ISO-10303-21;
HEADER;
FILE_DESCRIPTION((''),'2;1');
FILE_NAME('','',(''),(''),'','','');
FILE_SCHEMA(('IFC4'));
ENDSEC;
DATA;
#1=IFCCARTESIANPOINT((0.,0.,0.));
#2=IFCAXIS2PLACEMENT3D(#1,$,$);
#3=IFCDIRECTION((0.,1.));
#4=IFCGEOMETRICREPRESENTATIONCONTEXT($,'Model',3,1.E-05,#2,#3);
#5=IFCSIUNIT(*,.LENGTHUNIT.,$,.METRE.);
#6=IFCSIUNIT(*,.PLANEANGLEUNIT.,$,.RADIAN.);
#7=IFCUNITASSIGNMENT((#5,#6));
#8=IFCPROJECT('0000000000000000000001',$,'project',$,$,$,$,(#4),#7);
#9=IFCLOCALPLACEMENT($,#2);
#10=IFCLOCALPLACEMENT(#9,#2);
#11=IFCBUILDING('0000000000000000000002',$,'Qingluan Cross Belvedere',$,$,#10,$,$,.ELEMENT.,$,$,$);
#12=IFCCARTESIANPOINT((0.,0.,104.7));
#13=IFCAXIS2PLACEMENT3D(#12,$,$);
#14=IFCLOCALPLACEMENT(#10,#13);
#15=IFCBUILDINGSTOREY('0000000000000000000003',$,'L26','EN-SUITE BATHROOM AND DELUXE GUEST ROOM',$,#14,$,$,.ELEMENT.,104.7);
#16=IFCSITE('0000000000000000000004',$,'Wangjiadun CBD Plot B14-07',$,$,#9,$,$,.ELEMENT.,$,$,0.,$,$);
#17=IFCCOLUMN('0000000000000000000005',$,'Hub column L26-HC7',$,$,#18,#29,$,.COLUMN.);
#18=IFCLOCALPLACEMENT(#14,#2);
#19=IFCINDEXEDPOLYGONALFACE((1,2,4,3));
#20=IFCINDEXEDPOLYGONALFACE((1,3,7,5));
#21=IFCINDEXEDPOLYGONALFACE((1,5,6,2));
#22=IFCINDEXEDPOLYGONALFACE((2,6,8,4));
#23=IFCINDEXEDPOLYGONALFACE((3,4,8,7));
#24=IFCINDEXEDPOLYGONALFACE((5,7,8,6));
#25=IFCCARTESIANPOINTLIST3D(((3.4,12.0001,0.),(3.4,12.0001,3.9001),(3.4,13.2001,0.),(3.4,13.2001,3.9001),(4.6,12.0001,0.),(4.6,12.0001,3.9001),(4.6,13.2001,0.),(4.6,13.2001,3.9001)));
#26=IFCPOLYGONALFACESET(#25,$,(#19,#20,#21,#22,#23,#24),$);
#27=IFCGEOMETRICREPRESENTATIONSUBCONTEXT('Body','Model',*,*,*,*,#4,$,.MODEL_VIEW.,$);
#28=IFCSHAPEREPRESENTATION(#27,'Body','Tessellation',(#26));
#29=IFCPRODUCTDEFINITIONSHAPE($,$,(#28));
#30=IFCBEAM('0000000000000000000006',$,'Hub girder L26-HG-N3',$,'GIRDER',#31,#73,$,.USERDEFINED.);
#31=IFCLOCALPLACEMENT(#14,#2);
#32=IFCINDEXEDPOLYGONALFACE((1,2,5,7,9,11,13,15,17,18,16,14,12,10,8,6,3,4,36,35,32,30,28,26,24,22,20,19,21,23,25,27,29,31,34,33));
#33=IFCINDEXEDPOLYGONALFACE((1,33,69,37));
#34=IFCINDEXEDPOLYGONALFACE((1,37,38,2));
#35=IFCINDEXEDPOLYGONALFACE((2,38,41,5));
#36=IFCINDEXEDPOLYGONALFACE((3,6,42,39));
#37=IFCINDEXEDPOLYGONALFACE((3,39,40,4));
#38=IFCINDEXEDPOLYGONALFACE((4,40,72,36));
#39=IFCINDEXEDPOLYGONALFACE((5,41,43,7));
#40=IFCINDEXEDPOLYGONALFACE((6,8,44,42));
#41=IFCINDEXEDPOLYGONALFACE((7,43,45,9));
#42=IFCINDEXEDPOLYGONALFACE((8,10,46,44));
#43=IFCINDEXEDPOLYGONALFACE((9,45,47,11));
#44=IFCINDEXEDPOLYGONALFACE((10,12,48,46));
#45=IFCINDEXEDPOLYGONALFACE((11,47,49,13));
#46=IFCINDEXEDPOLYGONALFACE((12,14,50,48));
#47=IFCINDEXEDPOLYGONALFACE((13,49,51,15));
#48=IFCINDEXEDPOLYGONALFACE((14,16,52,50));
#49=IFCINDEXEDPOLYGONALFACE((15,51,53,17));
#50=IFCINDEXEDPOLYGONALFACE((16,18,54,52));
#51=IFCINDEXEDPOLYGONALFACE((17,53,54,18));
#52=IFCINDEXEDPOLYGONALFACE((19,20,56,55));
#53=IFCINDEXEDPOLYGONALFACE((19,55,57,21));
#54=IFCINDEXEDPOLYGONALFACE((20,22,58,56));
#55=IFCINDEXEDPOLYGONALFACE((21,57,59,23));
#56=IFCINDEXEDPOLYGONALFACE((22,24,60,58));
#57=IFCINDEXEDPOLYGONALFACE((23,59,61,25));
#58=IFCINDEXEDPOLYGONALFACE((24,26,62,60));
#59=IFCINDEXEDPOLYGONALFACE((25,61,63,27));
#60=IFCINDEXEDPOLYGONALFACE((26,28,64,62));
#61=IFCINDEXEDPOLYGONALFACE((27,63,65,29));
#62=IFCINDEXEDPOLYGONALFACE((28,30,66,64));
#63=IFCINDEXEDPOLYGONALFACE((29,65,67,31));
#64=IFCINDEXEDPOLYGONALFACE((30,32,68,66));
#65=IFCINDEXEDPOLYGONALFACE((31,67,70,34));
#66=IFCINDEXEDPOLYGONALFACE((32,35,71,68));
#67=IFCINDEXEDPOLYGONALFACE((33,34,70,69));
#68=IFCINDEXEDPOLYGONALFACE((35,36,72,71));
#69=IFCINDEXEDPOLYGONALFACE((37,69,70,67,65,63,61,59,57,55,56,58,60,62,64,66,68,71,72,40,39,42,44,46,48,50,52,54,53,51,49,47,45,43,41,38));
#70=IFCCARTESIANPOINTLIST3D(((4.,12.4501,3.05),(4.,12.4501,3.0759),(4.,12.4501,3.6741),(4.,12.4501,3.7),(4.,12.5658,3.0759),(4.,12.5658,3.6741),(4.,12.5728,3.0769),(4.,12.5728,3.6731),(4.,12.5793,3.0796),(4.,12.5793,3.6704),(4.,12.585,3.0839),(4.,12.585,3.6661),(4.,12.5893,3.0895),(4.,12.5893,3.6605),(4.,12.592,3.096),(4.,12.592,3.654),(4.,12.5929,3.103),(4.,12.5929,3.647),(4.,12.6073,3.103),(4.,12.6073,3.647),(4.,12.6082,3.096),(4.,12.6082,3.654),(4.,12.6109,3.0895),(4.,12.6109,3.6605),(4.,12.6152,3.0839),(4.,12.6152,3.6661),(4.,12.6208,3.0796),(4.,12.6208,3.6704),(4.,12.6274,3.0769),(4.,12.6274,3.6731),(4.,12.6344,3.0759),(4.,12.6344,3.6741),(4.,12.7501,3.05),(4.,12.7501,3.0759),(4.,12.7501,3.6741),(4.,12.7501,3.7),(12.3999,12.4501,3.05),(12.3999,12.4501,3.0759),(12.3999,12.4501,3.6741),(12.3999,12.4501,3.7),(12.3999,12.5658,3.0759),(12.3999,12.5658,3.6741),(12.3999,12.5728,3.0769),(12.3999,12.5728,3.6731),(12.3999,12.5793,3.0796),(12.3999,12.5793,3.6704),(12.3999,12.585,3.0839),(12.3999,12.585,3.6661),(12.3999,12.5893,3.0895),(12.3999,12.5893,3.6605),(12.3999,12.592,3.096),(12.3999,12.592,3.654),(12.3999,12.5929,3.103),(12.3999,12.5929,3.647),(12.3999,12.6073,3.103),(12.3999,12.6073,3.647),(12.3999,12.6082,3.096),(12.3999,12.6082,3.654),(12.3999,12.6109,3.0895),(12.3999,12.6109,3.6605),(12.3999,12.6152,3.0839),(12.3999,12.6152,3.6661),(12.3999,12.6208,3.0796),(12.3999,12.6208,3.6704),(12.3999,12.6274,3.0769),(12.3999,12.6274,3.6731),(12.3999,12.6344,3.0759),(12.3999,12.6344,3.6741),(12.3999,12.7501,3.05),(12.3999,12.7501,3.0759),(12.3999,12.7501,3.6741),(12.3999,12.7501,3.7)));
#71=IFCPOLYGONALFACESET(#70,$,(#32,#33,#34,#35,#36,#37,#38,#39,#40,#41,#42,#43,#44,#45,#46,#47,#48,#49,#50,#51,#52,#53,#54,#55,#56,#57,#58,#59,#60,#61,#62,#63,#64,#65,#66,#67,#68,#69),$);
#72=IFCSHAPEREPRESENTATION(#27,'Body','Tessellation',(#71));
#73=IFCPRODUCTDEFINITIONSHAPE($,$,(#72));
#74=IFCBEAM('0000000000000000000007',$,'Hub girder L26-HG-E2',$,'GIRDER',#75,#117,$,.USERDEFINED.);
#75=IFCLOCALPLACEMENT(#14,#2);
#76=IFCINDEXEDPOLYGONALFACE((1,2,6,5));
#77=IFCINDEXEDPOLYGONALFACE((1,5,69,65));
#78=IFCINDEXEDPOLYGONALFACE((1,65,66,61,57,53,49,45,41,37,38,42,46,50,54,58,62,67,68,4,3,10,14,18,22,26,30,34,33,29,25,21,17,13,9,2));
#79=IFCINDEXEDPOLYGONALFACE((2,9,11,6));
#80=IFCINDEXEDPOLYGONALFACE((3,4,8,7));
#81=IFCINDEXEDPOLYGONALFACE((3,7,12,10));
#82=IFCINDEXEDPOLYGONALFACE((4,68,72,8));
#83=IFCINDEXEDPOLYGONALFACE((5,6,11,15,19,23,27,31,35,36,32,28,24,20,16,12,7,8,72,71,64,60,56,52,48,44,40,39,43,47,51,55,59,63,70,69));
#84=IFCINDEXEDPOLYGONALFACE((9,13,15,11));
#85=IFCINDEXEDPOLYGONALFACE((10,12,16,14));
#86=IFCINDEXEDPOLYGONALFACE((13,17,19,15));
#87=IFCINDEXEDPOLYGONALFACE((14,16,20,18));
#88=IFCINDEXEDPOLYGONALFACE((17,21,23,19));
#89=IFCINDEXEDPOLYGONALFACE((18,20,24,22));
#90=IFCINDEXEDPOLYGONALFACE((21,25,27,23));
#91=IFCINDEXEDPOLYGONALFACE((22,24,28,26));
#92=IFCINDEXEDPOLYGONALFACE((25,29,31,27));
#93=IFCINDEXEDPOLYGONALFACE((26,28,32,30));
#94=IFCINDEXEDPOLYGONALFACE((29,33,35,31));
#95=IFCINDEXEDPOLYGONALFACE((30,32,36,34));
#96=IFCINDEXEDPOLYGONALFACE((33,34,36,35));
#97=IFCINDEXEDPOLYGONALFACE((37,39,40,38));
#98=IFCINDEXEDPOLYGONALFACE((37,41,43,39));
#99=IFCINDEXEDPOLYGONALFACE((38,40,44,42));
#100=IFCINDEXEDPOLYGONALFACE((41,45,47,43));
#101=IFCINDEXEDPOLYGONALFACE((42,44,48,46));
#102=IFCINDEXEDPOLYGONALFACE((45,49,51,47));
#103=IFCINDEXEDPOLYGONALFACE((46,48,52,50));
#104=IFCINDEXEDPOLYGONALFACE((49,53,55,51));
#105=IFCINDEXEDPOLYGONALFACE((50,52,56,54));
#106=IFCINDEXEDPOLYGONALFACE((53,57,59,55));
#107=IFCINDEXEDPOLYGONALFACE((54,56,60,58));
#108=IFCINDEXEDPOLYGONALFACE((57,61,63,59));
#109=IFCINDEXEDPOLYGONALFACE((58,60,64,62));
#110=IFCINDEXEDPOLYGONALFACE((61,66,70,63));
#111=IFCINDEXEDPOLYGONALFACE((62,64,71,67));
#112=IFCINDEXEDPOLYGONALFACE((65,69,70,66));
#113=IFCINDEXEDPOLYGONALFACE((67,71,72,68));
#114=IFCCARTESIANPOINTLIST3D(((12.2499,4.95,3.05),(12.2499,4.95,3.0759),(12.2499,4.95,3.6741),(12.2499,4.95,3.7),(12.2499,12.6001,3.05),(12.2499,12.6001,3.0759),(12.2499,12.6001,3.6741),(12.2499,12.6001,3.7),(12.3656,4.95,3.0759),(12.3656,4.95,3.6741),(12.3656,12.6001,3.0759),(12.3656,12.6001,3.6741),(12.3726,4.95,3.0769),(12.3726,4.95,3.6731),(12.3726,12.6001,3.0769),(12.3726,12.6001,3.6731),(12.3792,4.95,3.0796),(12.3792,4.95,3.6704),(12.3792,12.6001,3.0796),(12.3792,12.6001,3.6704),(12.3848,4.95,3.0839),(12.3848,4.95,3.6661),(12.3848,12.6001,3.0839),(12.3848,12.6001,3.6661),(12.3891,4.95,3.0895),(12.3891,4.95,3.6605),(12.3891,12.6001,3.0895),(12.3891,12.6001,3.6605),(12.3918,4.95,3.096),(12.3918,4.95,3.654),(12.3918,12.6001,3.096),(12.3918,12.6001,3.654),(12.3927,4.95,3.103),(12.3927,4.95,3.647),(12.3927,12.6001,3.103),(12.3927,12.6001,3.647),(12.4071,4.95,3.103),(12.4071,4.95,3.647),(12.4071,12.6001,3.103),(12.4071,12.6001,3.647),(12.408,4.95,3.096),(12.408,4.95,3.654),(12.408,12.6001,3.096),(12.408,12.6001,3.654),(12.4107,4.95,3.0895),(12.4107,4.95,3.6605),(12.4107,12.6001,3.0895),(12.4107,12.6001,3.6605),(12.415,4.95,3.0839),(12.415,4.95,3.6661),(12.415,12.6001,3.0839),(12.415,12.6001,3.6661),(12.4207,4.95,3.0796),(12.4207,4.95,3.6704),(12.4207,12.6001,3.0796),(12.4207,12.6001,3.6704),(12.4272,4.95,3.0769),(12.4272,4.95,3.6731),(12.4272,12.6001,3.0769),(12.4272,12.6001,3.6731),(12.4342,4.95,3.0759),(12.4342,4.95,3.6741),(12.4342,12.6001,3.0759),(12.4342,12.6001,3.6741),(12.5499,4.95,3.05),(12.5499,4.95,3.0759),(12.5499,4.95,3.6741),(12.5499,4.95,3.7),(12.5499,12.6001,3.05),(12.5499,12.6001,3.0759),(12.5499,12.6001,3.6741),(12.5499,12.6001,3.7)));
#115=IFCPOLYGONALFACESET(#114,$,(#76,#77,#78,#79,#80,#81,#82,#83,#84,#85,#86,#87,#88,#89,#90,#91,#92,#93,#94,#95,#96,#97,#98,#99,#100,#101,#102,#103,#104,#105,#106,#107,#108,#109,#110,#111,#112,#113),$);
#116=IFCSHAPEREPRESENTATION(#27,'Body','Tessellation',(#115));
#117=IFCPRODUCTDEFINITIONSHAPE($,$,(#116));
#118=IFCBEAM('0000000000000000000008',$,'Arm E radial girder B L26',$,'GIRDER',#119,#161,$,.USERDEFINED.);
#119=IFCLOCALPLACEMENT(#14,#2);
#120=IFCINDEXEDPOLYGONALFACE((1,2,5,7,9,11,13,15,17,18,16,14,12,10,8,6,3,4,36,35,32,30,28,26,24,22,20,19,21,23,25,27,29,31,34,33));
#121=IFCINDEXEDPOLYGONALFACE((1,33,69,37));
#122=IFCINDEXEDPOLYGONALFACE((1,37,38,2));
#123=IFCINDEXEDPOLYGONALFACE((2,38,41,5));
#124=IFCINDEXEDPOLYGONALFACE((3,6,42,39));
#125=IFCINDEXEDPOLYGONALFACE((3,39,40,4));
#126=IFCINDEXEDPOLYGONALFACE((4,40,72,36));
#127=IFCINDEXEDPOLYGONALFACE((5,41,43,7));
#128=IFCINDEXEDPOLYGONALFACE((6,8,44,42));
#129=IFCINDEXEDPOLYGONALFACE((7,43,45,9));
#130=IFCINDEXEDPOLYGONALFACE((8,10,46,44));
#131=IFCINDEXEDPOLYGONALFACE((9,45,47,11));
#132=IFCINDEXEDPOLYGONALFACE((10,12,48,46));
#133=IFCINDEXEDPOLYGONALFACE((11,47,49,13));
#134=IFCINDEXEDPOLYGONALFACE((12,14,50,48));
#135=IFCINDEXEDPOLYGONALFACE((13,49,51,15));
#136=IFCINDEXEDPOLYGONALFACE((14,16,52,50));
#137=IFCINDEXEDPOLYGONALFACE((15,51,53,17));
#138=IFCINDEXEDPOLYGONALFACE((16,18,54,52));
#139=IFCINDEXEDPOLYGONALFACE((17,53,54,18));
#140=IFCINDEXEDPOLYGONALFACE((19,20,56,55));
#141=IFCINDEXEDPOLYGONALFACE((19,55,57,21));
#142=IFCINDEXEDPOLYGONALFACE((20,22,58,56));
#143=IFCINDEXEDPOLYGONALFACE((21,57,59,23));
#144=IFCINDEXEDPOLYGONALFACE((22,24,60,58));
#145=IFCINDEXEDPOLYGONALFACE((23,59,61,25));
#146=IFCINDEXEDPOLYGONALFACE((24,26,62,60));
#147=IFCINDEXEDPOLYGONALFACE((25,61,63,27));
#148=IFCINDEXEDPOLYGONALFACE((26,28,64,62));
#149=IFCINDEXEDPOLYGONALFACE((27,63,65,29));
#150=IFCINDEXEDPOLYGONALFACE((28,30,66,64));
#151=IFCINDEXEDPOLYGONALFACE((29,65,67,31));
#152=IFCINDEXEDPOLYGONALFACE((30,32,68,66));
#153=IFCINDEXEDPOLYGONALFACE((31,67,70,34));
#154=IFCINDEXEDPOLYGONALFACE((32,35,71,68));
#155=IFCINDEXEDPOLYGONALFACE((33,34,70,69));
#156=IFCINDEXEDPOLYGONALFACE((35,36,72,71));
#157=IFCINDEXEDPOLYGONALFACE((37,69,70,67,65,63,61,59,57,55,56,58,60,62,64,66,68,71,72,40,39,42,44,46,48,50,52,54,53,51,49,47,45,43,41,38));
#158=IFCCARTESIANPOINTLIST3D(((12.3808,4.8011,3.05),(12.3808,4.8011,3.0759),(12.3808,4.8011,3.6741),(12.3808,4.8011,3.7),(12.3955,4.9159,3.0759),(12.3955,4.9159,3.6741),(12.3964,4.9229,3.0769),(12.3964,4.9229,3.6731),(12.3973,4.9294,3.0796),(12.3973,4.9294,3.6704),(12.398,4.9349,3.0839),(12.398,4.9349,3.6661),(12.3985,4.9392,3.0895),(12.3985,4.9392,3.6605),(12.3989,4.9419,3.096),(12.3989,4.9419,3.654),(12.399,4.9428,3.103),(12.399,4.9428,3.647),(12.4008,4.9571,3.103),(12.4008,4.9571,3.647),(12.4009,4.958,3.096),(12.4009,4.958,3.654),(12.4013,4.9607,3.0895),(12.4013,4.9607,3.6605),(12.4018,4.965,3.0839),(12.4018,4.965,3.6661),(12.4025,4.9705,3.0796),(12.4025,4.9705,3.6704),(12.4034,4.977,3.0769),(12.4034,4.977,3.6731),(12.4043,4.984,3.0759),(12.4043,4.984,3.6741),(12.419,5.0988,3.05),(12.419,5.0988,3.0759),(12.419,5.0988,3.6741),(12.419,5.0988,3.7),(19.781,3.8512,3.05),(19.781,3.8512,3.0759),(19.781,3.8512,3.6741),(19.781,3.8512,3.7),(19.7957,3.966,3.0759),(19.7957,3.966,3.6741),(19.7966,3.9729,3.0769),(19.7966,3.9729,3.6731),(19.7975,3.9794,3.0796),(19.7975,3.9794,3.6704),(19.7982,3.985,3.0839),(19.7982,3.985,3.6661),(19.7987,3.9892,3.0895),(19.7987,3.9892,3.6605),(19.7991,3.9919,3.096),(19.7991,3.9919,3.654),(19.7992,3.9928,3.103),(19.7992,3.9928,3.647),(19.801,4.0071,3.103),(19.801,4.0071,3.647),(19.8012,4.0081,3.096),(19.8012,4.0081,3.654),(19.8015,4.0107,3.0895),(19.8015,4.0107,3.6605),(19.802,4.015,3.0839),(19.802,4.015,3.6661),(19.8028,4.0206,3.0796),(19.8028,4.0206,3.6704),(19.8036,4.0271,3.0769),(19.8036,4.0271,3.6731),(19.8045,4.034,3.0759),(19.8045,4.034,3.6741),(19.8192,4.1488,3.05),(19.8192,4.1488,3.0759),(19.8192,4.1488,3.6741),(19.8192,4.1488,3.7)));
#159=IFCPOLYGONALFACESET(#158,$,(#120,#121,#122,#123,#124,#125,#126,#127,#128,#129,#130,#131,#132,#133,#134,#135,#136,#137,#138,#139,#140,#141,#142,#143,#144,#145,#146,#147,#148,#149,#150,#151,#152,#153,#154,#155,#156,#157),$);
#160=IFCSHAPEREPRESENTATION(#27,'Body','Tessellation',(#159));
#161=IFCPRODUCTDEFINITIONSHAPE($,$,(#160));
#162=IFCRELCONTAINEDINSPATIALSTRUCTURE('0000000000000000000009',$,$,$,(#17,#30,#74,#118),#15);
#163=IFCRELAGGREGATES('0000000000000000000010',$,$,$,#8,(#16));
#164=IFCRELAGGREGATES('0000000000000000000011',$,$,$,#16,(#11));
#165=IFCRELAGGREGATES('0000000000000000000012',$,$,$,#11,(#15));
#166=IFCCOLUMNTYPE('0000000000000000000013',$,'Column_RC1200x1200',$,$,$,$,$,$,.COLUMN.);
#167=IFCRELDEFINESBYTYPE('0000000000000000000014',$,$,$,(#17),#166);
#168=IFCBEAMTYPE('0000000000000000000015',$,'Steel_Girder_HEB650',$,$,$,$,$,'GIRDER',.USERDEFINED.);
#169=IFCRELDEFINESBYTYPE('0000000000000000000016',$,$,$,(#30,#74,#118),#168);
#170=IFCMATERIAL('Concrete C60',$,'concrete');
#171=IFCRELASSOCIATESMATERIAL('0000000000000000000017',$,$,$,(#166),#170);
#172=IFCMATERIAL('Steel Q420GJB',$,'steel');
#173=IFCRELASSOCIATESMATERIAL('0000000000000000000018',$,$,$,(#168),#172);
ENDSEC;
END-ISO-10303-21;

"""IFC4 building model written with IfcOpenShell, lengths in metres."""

from ifc_helpers import new_model, si_unit, direction, frame, origin, origin_2d, place, context, subcontext, project, spatial, rectangle, i_section, extrude, material, material_profile, profile_set, type_object, element, save


model = new_model("IFC4")

# Units and contexts
model_context = context("Model", 3, precision=1e-05, world=origin(), true_north=direction((0.0, 1.0)))
body_context = subcontext(model_context, "Body", "Model", "MODEL_VIEW")
ifc_project = project(units=[si_unit("LENGTHUNIT", "METRE"), si_unit("PLANEANGLEUNIT", "RADIAN")], contexts=[model_context])

# Site, building, storey
site_placement = place(None, origin())
site = spatial("IfcSite", under=ifc_project, at=site_placement, Name="Wangjiadun CBD Plot B14-07", CompositionType="ELEMENT", RefElevation=0.0)
building_placement = place(site_placement, origin())
building = spatial("IfcBuilding", under=site, at=building_placement, Name="Qingluan Cross Belvedere", CompositionType="ELEMENT")
storey_placement = place(building_placement, frame((0.0, 0.0, 104.7)))
storey = spatial("IfcBuildingStorey", under=building, at=storey_placement, Name="L26", Description="EN-SUITE BATHROOM AND DELUXE GUEST ROOM", CompositionType="ELEMENT", Elevation=104.7)

# Column
ifc_material_1 = material(Name="Concrete C60", Category="concrete")
ifc_material_profile_1 = material_profile(ifc_material_1, rectangle(XDim=1.2, YDim=1.2, at=origin_2d()), Name="RC1200x1200")
ifc_profile_set_1 = profile_set([ifc_material_profile_1], Name="Concrete C60")
column_type = type_object("IfcColumnType", Name="Column_RC1200x1200", PredefinedType="COLUMN", material=ifc_profile_set_1)
column_placement = place(storey_placement, frame((4.0, 12.6001, 0.0), z_axis=(0.0, 0.0, 1.0), x_axis=(1.0, 0.0, 0.0)))
element("IfcColumn", 1, at=column_placement, inside=storey, type_object=column_type, Name="Hub column L26-HC7", PredefinedType="COLUMN", context=body_context, shape_type="SweptSolid", body=[
    extrude(rectangle(XDim=1.2, YDim=1.2, at=origin_2d()), origin(), (0.0, 0.0, 1.0), 3.9001),
])

# Beams
ifc_material_2 = material(Name="Steel Q420GJB", Category="steel")
ifc_material_profile_2 = material_profile(ifc_material_2, i_section(OverallWidth=0.3, OverallDepth=0.6499, WebThickness=0.0144, FlangeThickness=0.0259, FilletRadius=0.0271, at=origin_2d()), Name="HEB650")
ifc_profile_set_2 = profile_set([ifc_material_profile_2], Name="Steel Q420GJB")
beam_type = type_object("IfcBeamType", Name="Steel_Girder_HEB650", ElementType="GIRDER", PredefinedType="USERDEFINED", material=ifc_profile_set_2)
beam_1_placement = place(storey_placement, frame((4.0, 12.6001, 3.375), z_axis=(1.0, 0.0, 0.0), x_axis=(0.0, 1.0, 0.0)))
element("IfcBeam", 2, at=beam_1_placement, inside=storey, type_object=beam_type, Name="Hub girder L26-HG-N3", ObjectType="GIRDER", PredefinedType="USERDEFINED", context=body_context, shape_type="SweptSolid", body=[
    extrude(i_section(OverallWidth=0.3, OverallDepth=0.6499, WebThickness=0.0144, FlangeThickness=0.0259, FilletRadius=0.0271, at=origin_2d()), origin(), (0.0, 0.0, 1.0), 8.3999),
])
beam_2_placement = place(storey_placement, frame((12.3999, 4.95, 3.375), z_axis=(0.0, 1.0, 0.0), x_axis=(-1.0, 0.0, 0.0)))
element("IfcBeam", 3, at=beam_2_placement, inside=storey, type_object=beam_type, Name="Hub girder L26-HG-E2", ObjectType="GIRDER", PredefinedType="USERDEFINED", context=body_context, shape_type="SweptSolid", body=[
    extrude(i_section(OverallWidth=0.3, OverallDepth=0.6499, WebThickness=0.0144, FlangeThickness=0.0259, FilletRadius=0.0271, at=origin_2d()), origin(), (0.0, 0.0, 1.0), 7.6501),
])
beam_3_placement = place(storey_placement, frame((12.3999, 4.95, 3.375), z_axis=(0.991861, -0.127324, 0.0), x_axis=(0.127324, 0.991861, 0.0)))
element("IfcBeam", 4, at=beam_3_placement, inside=storey, type_object=beam_type, Name="Arm E radial girder B L26", ObjectType="GIRDER", PredefinedType="USERDEFINED", context=body_context, shape_type="SweptSolid", body=[
    extrude(i_section(OverallWidth=0.3, OverallDepth=0.6499, WebThickness=0.0144, FlangeThickness=0.0259, FilletRadius=0.0271, at=origin_2d()), origin(), (0.0, 0.0, 1.0), 7.4609),
])

save(model, "model.ifc")
